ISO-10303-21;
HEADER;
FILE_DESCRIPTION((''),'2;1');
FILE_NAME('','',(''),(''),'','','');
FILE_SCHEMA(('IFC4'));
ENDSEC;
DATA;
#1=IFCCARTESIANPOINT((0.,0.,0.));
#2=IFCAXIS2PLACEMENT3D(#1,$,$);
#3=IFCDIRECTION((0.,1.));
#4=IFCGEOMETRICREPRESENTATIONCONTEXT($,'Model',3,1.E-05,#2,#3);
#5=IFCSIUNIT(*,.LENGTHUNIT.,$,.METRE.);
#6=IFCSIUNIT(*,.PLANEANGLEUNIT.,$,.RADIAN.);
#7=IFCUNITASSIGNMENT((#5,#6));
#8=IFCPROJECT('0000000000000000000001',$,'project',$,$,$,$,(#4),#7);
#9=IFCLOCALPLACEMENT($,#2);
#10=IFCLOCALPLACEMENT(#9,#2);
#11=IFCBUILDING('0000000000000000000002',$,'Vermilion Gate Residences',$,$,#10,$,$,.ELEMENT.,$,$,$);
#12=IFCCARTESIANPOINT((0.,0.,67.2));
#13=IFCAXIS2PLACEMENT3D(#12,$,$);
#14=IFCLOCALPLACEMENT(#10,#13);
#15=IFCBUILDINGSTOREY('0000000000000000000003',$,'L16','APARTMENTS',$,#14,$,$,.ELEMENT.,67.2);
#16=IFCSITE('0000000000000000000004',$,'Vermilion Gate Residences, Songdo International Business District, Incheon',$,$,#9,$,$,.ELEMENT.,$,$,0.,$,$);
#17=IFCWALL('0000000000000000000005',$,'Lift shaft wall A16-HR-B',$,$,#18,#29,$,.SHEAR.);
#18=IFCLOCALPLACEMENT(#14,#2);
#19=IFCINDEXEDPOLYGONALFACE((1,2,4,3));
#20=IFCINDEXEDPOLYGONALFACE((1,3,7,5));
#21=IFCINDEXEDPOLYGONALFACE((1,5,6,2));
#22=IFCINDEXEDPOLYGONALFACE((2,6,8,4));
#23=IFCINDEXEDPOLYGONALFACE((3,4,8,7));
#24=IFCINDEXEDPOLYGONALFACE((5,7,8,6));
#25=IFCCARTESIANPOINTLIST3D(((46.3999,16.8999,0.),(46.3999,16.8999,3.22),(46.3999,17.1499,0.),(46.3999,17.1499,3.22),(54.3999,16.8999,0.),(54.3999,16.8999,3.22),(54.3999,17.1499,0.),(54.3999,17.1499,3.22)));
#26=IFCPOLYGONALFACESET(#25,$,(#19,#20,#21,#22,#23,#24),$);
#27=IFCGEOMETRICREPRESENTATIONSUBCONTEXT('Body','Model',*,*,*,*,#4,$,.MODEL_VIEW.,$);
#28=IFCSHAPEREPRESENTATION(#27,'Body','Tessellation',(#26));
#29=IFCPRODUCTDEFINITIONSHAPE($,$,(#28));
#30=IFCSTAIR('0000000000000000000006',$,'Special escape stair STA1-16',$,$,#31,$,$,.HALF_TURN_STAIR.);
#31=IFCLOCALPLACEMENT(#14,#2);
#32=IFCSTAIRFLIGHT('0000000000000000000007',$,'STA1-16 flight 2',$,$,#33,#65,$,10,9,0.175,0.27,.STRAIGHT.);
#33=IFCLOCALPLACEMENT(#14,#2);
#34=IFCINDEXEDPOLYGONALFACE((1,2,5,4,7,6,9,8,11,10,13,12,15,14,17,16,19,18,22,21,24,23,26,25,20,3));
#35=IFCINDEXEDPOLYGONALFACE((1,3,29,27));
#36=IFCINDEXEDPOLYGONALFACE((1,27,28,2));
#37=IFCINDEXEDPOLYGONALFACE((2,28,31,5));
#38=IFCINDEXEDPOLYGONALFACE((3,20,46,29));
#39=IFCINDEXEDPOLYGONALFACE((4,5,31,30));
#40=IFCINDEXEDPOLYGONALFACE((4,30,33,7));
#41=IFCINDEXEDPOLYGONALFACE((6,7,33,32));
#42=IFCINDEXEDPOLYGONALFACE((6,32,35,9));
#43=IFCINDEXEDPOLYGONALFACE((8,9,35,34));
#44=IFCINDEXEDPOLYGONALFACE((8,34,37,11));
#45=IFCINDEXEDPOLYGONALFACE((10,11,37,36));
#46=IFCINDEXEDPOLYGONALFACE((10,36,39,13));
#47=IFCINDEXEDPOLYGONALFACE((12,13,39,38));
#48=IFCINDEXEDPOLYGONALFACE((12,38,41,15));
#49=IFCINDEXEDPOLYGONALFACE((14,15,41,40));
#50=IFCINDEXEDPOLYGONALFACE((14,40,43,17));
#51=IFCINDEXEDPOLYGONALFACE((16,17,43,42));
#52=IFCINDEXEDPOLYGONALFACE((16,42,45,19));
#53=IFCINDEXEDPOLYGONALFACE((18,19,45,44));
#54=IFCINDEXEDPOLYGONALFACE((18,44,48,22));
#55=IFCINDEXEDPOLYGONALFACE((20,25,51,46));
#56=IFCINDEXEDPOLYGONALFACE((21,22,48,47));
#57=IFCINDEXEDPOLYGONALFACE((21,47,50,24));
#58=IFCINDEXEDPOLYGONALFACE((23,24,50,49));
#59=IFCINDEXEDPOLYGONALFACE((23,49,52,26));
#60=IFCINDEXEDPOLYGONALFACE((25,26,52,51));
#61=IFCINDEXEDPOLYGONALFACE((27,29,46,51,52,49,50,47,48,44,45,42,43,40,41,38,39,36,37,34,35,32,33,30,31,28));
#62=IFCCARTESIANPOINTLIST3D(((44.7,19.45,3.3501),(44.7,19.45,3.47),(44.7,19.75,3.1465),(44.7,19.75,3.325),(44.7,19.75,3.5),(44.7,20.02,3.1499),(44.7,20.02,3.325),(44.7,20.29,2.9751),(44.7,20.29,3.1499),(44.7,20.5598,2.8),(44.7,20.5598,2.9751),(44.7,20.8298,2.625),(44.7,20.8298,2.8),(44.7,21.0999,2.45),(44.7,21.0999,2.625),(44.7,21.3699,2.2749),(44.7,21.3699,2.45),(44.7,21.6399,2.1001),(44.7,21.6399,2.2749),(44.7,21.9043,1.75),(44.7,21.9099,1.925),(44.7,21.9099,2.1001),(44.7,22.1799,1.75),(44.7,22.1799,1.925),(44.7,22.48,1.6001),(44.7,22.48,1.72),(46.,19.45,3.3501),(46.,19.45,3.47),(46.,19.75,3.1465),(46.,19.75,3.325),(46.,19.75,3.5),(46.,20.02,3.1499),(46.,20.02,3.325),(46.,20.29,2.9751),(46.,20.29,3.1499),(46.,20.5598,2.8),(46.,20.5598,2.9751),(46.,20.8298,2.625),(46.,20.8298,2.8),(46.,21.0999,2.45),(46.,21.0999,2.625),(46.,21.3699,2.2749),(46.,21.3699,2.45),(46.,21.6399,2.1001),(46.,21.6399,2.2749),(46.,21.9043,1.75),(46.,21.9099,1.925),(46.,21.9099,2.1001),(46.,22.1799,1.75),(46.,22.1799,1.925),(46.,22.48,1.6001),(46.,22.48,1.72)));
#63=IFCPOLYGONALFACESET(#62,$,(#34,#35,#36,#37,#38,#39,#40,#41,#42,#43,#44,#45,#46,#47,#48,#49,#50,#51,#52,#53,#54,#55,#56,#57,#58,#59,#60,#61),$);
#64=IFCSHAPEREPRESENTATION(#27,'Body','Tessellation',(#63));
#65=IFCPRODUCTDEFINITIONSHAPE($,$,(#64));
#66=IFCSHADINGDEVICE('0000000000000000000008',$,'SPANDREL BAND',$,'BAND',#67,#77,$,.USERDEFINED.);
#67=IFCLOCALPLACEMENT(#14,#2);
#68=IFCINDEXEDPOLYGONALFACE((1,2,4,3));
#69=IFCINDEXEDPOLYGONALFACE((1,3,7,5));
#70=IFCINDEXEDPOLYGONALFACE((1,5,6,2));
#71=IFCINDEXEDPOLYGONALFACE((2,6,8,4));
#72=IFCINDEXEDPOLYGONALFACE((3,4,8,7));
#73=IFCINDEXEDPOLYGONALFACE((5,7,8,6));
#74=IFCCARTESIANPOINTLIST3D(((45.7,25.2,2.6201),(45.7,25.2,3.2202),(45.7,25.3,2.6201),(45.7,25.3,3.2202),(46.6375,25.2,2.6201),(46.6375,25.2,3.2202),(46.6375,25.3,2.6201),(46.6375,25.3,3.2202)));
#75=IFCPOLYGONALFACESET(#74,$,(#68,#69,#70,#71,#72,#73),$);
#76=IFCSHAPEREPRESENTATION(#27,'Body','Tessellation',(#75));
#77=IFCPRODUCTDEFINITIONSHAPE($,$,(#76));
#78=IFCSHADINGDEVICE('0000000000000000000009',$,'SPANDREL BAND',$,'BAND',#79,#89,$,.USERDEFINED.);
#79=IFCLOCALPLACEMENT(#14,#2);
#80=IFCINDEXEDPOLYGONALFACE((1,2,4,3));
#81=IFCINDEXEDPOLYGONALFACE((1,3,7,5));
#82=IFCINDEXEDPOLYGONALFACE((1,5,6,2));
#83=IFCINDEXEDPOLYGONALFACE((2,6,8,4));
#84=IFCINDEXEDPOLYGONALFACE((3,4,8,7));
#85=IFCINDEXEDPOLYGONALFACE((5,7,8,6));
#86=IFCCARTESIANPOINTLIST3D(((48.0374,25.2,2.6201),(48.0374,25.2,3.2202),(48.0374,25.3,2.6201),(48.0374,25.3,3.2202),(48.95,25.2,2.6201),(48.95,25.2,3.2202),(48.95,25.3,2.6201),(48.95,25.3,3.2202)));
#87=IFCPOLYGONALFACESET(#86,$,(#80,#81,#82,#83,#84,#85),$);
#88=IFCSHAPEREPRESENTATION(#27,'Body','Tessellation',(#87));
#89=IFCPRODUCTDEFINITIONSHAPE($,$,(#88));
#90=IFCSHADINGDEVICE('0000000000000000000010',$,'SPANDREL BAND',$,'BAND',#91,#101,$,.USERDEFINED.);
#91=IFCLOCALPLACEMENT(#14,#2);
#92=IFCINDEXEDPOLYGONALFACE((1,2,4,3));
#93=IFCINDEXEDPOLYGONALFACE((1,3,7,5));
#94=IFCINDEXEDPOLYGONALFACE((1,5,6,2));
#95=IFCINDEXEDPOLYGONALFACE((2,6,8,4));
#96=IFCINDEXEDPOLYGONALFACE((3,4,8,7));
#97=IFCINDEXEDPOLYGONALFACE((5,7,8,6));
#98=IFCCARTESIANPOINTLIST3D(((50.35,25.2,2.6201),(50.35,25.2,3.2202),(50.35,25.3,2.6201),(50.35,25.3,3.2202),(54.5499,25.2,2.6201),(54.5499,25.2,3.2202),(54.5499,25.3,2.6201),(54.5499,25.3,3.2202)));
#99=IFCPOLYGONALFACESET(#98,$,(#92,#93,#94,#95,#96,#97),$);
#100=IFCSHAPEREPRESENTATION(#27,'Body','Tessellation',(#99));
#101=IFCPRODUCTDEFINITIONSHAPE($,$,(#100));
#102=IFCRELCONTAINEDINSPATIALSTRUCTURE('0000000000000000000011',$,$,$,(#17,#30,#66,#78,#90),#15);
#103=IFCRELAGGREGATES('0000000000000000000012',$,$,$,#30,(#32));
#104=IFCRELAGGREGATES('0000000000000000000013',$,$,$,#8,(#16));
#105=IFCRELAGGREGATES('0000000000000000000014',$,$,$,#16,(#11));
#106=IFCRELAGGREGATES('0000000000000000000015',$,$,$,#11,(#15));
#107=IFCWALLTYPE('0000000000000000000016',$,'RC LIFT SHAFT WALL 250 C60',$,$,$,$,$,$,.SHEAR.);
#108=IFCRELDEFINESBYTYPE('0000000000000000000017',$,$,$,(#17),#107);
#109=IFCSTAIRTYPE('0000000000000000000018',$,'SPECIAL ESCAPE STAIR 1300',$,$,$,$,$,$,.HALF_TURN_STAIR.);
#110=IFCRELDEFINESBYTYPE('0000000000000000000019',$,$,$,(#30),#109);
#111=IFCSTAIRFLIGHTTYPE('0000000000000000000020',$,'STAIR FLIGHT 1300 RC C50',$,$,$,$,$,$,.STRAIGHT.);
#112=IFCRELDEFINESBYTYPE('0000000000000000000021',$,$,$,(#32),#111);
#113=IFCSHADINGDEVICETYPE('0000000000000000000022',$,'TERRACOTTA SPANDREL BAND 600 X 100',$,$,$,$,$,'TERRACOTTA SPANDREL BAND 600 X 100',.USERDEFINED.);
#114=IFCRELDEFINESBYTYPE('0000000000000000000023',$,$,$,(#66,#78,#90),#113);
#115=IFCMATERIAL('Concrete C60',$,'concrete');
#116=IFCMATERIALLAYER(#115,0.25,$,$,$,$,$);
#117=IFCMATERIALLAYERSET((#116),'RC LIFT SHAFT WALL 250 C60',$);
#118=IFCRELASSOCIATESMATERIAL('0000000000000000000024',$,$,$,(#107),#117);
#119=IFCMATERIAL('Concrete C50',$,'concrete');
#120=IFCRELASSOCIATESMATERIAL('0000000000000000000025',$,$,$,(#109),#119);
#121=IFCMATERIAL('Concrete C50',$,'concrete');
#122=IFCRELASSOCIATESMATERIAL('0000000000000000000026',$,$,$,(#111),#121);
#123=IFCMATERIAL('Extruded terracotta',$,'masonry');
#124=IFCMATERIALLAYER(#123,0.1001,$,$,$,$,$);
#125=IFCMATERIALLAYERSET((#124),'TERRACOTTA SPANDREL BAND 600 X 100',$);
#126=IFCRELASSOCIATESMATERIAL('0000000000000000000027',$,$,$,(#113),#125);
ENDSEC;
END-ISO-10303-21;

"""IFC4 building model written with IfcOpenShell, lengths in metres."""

from ifc_helpers import new_model, si_unit, direction, frame, frame_2d, origin, origin_2d, place, context, subcontext, project, spatial, polyline, rectangle, outline, extrude, material, layer, layer_set, type_object, element, aggregate, save


model = new_model("IFC4")

# Units and contexts
model_context = context("Model", 3, precision=1e-05, world=origin(), true_north=direction((0.0, 1.0)))
body_context = subcontext(model_context, "Body", "Model", "MODEL_VIEW")
ifc_project = project(units=[si_unit("LENGTHUNIT", "METRE"), si_unit("PLANEANGLEUNIT", "RADIAN")], contexts=[model_context])

# Site, building, storey
site_placement = place(None, origin())
site = spatial("IfcSite", under=ifc_project, at=site_placement, Name="Vermilion Gate Residences, Songdo International Business District, Incheon", CompositionType="ELEMENT", RefElevation=0.0)
building_placement = place(site_placement, origin())
building = spatial("IfcBuilding", under=site, at=building_placement, Name="Vermilion Gate Residences", CompositionType="ELEMENT")
storey_placement = place(building_placement, frame((0.0, 0.0, 67.2)))
storey = spatial("IfcBuildingStorey", under=building, at=storey_placement, Name="L16", Description="APARTMENTS", CompositionType="ELEMENT", Elevation=67.2)

# Wall
ifc_material_1 = material(Name="Concrete C60", Category="concrete")
ifc_layer_1 = layer(ifc_material_1, 0.25)
ifc_layer_set_1 = layer_set([ifc_layer_1], Name="RC LIFT SHAFT WALL 250 C60")
wall_type_1 = type_object("IfcWallType", Name="RC LIFT SHAFT WALL 250 C60", PredefinedType="SHEAR", material=ifc_layer_set_1)
for number, where, z_axis, x_axis, name in (
    (1, (46.3999, 17.0249, 0.0), (0.0, 0.0, 1.0), (1.0, 0.0, 0.0), "Lift shaft wall A16-HR-B"),
):
    element("IfcWall", number, at=place(storey_placement, frame(where, z_axis=z_axis, x_axis=x_axis)), inside=storey, type_object=wall_type_1, Name=name, PredefinedType="SHEAR", context=body_context, shape_type="SweptSolid", body=[
        extrude(rectangle(XDim=8.0, YDim=0.25, at=frame_2d((4.0, 0.0))), origin(), (0.0, 0.0, 1.0), 3.22),
    ])

# Stair, stair flight
ifc_material_2 = material(Name="Concrete C50", Category="concrete")
stair_type = type_object("IfcStairType", Name="SPECIAL ESCAPE STAIR 1300", PredefinedType="HALF_TURN_STAIR", material=ifc_material_2)
stair_placement = place(storey_placement, origin())
stair = element("IfcStair", 2, at=stair_placement, inside=storey, type_object=stair_type, Name="Special escape stair STA1-16", PredefinedType="HALF_TURN_STAIR")
ifc_material_3 = material(Name="Concrete C50", Category="concrete")
stair_flight_type = type_object("IfcStairFlightType", Name="STAIR FLIGHT 1300 RC C50", PredefinedType="STRAIGHT", material=ifc_material_3)
stair_flight_placement = place(storey_placement, frame((45.3501, 22.1799, 1.75), z_axis=(0.0, 0.0, 1.0), x_axis=(0.0, -1.0, 0.0)))
stair_flight = element("IfcStairFlight", 3, at=stair_flight_placement, type_object=stair_flight_type, Name="STA1-16 flight 2", NumberOfRisers=10, NumberOfTreads=9, PredefinedType="STRAIGHT", RiserHeight=0.175, TreadLength=0.27, context=body_context, shape_type="SweptSolid", body=[
    extrude(outline(polyline([(-0.3, -0.1499), (-0.3, -0.03), (0.0, 0.0), (0.0, 0.175), (0.27, 0.175), (0.27, 0.3501), (0.54, 0.3501), (0.54, 0.5249), (0.8101, 0.5249), (0.8101, 0.7), (1.0801, 0.7), (1.0801, 0.875), (1.3501, 0.875), (1.3501, 1.05), (1.6201, 1.05), (1.6201, 1.2251), (1.8899, 1.2251), (1.8899, 1.3999), (2.1599, 1.3999), (2.1599, 1.575), (2.4299, 1.575), (2.4299, 1.75), (2.73, 1.72), (2.73, 1.6001), (2.4299, 1.3965), (0.2756, 0.0), (-0.3, -0.1499)])), frame((0.0, 0.6499, 0.0), z_axis=(0.0, -1.0, 0.0), x_axis=(1.0, 0.0, 0.0)), (0.0, 0.0, 1.0), 1.3),
])
aggregate(stair, [stair_flight])

# Shading devices
ifc_material_4 = material(Name="Extruded terracotta", Category="masonry")
ifc_layer_2 = layer(ifc_material_4, 0.1001)
ifc_layer_set_2 = layer_set([ifc_layer_2], Name="TERRACOTTA SPANDREL BAND 600 X 100")
shading_device_type = type_object("IfcShadingDeviceType", Name="TERRACOTTA SPANDREL BAND 600 X 100", ElementType="TERRACOTTA SPANDREL BAND 600 X 100", PredefinedType="USERDEFINED", material=ifc_layer_set_2)
shading_device_1_placement = place(storey_placement, frame((46.1687, 25.25, 2.6201), z_axis=(0.0, 0.0, 1.0), x_axis=(1.0, 0.0, 0.0)))
element("IfcShadingDevice", 4, at=shading_device_1_placement, inside=storey, type_object=shading_device_type, Name="SPANDREL BAND", ObjectType="BAND", PredefinedType="USERDEFINED", context=body_context, shape_type="SweptSolid", body=[
    extrude(rectangle(XDim=0.9375, YDim=0.1001, at=origin_2d()), origin(), (0.0, 0.0, 1.0), 0.6001),
])
shading_device_2_placement = place(storey_placement, frame((48.4937, 25.25, 2.6201), z_axis=(0.0, 0.0, 1.0), x_axis=(1.0, 0.0, 0.0)))
element("IfcShadingDevice", 5, at=shading_device_2_placement, inside=storey, type_object=shading_device_type, Name="SPANDREL BAND", ObjectType="BAND", PredefinedType="USERDEFINED", context=body_context, shape_type="SweptSolid", body=[
    extrude(rectangle(XDim=0.9126, YDim=0.1001, at=origin_2d()), origin(), (0.0, 0.0, 1.0), 0.6001),
])
shading_device_3_placement = place(storey_placement, frame((52.45, 25.25, 2.6201), z_axis=(0.0, 0.0, 1.0), x_axis=(1.0, 0.0, 0.0)))
element("IfcShadingDevice", 6, at=shading_device_3_placement, inside=storey, type_object=shading_device_type, Name="SPANDREL BAND", ObjectType="BAND", PredefinedType="USERDEFINED", context=body_context, shape_type="SweptSolid", body=[
    extrude(rectangle(XDim=4.2, YDim=0.1001, at=origin_2d()), origin(), (0.0, 0.0, 1.0), 0.6001),
])

save(model, "model.ifc")
